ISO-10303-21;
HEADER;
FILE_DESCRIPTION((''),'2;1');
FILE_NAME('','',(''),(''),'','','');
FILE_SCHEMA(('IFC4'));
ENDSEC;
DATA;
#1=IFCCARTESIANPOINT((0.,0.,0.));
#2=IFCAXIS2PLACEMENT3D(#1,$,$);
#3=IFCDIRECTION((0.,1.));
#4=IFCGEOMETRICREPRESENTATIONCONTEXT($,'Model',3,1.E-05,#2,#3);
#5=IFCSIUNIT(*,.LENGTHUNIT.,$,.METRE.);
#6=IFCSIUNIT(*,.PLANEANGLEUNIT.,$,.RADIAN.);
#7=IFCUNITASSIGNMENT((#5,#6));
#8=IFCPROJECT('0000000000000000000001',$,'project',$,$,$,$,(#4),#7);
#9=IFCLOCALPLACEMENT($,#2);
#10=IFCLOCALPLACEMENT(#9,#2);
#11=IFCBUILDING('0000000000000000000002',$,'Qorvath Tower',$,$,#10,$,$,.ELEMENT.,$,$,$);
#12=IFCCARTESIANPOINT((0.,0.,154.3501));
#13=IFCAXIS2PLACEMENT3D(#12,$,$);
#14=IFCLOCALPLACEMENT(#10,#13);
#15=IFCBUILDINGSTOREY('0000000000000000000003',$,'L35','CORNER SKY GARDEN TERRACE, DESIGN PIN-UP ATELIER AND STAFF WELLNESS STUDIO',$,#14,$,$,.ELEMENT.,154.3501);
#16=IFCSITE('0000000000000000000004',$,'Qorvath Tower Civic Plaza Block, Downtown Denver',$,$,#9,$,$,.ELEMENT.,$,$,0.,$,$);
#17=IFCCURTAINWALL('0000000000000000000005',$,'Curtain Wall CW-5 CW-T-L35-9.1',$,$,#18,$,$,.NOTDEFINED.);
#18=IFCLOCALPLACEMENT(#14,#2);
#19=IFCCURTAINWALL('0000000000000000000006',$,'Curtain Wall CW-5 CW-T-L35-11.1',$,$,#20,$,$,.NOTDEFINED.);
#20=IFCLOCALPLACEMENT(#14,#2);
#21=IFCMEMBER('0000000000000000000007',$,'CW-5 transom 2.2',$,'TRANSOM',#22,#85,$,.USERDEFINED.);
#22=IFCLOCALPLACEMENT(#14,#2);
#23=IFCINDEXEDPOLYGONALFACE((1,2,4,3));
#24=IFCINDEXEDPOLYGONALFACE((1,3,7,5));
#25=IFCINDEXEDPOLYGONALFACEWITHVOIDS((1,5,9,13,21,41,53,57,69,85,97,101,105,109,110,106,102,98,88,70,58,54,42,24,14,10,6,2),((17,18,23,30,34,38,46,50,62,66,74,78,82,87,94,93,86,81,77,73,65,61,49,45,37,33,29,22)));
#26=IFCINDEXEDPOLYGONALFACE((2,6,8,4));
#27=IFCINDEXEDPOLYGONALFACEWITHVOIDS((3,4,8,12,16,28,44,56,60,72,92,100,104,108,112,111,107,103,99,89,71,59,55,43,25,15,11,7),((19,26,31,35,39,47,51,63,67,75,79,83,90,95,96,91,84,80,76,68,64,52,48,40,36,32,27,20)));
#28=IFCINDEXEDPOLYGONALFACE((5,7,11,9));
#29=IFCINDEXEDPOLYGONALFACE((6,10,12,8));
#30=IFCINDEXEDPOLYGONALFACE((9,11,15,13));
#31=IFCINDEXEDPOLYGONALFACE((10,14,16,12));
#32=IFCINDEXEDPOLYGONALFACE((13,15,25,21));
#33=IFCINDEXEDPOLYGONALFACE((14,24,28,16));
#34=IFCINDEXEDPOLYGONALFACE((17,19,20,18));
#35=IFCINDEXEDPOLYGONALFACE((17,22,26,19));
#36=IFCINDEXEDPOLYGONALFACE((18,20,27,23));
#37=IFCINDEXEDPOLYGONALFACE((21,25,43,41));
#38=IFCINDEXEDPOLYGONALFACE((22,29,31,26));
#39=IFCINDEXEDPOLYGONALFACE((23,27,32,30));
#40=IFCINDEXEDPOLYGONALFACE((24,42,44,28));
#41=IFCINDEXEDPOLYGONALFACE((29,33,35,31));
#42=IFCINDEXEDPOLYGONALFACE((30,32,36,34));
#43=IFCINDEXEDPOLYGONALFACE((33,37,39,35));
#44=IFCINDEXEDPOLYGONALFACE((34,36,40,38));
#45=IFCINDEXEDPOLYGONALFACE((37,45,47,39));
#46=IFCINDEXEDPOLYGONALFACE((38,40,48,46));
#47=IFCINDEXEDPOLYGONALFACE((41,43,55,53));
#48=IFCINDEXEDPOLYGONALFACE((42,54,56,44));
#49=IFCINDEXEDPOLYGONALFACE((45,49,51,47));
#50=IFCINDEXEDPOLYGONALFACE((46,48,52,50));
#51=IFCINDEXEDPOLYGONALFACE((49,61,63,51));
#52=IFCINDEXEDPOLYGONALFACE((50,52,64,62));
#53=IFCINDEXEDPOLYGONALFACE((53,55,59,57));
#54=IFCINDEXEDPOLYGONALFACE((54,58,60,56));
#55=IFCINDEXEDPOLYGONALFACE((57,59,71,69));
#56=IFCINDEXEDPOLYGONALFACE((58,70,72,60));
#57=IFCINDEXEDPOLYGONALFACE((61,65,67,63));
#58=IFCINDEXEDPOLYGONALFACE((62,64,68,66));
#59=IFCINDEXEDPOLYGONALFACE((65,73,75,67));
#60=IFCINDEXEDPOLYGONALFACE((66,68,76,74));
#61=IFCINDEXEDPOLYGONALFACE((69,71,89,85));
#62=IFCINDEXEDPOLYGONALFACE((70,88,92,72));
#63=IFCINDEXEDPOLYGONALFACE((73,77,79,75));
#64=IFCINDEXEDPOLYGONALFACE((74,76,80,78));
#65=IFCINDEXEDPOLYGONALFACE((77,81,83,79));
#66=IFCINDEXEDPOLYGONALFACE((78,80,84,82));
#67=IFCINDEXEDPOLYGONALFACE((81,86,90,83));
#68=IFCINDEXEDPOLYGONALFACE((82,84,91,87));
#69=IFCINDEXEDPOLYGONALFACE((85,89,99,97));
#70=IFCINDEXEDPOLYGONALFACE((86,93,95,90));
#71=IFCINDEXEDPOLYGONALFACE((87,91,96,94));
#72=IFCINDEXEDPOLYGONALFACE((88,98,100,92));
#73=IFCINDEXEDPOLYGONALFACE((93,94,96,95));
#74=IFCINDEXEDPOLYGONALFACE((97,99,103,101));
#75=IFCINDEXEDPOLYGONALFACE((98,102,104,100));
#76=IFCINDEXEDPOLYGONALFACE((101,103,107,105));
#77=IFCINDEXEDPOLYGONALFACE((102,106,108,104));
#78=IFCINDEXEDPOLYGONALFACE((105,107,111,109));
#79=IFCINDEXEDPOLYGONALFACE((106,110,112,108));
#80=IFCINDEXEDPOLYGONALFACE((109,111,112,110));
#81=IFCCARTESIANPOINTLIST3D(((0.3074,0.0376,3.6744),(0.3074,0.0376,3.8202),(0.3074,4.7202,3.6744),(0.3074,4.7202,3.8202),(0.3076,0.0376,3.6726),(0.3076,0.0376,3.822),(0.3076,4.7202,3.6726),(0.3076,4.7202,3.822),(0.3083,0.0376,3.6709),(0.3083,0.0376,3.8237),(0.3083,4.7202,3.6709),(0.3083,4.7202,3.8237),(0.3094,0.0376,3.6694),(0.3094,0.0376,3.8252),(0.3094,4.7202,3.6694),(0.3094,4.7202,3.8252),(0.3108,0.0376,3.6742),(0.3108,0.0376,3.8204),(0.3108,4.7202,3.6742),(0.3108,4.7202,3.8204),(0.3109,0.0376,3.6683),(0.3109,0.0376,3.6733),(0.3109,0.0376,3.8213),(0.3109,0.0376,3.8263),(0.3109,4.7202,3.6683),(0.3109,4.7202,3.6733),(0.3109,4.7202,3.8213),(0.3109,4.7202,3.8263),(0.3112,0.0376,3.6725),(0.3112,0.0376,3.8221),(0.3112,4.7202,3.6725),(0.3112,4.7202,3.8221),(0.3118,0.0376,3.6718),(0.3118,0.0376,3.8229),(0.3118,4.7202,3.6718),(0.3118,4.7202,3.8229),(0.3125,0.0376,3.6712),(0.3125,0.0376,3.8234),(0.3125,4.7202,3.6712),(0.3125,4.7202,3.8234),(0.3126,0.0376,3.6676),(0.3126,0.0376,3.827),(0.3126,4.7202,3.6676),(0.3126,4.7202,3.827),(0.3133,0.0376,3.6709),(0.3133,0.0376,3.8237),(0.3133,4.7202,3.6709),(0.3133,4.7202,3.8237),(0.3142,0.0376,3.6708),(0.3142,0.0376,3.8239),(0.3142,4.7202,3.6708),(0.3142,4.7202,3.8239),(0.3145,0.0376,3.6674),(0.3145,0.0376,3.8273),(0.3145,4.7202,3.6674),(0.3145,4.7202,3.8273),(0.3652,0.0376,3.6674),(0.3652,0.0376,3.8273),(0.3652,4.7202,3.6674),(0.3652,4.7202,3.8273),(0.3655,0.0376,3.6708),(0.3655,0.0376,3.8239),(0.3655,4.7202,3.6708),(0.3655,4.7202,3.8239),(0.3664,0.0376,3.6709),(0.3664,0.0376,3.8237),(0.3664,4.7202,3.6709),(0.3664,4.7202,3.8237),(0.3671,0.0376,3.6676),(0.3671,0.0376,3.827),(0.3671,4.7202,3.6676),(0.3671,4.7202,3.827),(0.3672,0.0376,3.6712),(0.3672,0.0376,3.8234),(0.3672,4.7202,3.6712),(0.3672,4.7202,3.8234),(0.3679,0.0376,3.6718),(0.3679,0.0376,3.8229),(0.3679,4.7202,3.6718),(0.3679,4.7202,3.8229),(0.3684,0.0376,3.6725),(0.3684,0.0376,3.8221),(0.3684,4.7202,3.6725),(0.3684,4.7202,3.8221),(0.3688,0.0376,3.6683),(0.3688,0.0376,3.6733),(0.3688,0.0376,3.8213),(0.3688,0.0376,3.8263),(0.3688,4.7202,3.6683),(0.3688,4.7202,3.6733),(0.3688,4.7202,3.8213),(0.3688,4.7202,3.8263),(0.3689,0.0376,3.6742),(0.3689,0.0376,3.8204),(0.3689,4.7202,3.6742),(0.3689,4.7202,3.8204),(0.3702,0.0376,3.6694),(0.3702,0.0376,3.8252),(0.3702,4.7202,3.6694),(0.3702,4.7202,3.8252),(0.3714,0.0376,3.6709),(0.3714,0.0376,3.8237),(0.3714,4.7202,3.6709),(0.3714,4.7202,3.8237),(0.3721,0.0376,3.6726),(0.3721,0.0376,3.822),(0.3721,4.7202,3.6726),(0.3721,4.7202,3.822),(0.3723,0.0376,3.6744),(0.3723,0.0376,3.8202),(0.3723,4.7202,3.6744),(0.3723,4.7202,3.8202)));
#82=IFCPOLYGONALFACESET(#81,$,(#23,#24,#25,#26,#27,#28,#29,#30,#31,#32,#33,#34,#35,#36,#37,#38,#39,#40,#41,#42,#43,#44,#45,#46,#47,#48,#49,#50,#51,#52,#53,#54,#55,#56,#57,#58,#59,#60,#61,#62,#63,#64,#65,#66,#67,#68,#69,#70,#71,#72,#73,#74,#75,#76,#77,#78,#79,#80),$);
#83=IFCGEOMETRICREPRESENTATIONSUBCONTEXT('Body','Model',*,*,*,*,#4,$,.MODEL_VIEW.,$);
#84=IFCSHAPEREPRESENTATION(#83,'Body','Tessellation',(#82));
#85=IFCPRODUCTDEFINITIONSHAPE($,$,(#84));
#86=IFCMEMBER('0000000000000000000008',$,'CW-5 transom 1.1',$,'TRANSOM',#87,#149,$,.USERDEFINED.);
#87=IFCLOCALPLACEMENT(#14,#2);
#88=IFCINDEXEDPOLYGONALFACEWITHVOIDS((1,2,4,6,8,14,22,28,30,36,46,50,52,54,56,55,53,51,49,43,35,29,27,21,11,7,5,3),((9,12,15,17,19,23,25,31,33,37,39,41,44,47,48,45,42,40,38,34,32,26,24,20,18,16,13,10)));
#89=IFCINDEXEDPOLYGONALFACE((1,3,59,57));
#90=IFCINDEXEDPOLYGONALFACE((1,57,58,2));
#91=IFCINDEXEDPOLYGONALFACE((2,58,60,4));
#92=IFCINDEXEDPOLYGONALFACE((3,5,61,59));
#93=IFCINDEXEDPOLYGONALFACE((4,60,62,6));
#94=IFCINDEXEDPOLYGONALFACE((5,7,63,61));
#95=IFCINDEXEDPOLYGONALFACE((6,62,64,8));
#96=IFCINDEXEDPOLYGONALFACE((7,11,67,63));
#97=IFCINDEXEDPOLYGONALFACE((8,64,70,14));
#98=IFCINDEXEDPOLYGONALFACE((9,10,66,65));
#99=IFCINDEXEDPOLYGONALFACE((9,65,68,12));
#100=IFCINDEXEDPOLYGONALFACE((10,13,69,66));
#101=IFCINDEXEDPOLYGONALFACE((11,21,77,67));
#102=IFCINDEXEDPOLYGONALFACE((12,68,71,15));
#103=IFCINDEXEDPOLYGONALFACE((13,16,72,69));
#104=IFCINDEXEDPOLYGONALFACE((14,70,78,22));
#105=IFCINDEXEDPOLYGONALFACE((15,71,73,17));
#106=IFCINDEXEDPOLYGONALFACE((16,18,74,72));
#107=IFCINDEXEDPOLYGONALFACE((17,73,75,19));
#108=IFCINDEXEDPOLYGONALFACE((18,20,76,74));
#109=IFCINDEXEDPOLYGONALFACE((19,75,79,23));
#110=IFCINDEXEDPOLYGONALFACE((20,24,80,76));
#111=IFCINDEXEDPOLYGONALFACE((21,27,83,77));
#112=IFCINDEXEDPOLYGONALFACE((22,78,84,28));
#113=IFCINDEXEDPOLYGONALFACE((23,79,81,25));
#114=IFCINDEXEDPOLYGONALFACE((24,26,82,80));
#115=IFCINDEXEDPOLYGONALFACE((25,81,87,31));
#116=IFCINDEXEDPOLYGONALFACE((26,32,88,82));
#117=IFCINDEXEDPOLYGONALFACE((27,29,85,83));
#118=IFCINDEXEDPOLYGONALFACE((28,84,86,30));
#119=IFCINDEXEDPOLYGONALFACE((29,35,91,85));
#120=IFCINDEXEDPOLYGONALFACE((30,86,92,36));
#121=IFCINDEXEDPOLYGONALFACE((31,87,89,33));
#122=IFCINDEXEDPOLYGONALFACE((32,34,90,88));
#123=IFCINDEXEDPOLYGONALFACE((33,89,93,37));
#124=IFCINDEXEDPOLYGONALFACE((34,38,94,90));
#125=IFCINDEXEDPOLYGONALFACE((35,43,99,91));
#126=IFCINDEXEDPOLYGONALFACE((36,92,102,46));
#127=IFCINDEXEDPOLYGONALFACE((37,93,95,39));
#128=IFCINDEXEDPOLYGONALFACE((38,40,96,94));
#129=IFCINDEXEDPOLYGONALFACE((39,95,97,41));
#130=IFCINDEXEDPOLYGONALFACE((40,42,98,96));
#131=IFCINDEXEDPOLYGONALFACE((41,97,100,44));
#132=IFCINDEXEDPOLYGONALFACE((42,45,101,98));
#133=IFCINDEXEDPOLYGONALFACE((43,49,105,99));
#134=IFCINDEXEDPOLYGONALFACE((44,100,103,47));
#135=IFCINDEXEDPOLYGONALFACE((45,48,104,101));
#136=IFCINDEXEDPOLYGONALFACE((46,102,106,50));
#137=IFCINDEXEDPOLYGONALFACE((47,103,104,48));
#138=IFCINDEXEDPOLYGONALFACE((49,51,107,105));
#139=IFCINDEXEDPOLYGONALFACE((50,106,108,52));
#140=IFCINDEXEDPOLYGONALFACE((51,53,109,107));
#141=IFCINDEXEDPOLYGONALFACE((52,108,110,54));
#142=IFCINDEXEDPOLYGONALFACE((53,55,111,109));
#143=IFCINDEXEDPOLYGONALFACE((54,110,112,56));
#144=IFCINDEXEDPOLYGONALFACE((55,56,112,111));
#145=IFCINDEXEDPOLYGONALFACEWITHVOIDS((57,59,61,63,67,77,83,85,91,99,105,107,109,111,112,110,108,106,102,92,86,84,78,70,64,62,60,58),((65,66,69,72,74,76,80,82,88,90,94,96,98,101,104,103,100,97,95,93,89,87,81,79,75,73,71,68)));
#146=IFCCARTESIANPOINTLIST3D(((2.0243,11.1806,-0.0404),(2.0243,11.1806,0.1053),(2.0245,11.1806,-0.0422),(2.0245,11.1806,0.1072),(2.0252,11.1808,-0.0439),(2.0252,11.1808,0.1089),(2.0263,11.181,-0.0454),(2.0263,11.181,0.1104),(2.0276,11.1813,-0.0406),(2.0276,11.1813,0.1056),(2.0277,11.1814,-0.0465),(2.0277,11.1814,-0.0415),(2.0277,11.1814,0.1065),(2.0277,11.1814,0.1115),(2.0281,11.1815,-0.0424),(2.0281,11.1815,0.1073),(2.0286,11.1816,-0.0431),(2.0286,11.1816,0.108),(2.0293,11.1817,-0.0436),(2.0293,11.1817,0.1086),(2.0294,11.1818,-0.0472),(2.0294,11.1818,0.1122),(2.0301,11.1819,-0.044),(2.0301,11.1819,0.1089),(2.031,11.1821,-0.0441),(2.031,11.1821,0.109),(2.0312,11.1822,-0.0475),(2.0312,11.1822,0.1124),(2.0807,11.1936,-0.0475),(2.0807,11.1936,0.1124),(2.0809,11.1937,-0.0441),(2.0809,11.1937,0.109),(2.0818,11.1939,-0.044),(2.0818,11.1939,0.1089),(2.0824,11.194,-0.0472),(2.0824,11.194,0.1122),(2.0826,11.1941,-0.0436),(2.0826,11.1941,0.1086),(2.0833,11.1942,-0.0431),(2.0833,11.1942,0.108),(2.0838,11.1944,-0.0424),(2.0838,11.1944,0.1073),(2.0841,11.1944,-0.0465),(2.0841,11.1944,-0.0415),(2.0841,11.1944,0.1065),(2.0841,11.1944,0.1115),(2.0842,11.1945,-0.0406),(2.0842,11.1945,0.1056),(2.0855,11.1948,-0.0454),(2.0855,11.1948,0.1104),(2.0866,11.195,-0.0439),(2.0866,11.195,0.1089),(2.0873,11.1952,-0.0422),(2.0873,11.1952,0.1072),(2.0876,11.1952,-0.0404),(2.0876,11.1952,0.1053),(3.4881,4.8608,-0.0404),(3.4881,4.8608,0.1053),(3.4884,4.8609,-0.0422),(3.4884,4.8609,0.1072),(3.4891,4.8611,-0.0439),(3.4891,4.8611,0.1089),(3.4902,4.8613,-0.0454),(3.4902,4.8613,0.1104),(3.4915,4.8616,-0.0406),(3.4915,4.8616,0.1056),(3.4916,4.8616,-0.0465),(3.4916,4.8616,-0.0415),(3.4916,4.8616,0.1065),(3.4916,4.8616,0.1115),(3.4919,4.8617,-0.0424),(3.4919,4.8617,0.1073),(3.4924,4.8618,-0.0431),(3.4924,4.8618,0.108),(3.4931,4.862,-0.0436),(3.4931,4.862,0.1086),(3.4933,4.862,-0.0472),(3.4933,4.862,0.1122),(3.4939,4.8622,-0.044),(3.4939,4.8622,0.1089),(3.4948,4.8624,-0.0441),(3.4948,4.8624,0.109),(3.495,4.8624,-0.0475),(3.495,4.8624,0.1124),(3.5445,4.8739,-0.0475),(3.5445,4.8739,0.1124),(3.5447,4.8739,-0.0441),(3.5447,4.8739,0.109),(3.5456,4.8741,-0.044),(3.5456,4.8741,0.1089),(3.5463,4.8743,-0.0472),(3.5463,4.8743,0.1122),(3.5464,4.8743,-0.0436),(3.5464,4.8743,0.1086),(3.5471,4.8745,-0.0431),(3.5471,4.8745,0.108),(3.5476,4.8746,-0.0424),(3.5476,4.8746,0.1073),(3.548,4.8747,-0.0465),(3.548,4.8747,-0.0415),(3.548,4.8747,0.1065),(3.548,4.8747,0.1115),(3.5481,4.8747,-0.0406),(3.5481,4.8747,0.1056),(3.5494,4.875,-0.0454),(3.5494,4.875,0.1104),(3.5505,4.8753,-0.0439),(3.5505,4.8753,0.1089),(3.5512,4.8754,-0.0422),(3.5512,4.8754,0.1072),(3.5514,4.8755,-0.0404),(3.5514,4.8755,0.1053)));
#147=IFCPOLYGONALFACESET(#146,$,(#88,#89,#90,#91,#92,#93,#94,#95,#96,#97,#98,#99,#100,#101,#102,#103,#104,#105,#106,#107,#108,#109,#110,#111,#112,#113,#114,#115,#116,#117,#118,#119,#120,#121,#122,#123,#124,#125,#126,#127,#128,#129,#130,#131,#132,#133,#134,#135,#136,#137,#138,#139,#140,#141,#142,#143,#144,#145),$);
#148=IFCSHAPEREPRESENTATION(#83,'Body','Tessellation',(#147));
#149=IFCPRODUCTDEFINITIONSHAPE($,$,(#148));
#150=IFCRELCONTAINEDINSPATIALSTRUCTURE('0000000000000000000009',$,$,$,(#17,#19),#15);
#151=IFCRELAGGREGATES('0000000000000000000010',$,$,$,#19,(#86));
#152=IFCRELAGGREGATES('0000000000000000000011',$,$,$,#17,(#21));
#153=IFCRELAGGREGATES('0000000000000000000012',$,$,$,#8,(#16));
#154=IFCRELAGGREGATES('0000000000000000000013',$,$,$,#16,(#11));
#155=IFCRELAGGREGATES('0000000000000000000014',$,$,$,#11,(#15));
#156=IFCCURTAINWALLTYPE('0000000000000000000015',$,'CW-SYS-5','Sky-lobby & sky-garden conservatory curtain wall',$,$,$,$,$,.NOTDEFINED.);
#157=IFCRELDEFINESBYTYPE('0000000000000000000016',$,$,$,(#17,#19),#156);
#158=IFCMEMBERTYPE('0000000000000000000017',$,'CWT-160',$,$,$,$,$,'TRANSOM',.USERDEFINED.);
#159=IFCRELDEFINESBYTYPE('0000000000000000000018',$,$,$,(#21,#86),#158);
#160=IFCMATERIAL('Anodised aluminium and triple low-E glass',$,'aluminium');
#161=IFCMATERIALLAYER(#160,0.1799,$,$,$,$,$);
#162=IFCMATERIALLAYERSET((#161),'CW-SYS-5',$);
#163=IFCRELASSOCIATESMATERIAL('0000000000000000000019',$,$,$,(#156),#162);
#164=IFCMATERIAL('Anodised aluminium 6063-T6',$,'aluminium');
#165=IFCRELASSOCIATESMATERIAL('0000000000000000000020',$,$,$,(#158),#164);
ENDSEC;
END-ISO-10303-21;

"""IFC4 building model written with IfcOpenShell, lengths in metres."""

from ifc_helpers import new_model, si_unit, direction, frame, origin, origin_2d, place, context, subcontext, project, spatial, hollow_rectangle, extrude, material, layer, layer_set, material_profile, profile_set, type_object, element, aggregate, save


model = new_model("IFC4")

# Units and contexts
model_context = context("Model", 3, precision=1e-05, world=origin(), true_north=direction((0.0, 1.0)))
body_context = subcontext(model_context, "Body", "Model", "MODEL_VIEW")
ifc_project = project(units=[si_unit("LENGTHUNIT", "METRE"), si_unit("PLANEANGLEUNIT", "RADIAN")], contexts=[model_context])

# Site, building, storey
site_placement = place(None, origin())
site = spatial("IfcSite", under=ifc_project, at=site_placement, Name="Qorvath Tower Civic Plaza Block, Downtown Denver", CompositionType="ELEMENT", RefElevation=0.0)
building_placement = place(site_placement, origin())
building = spatial("IfcBuilding", under=site, at=building_placement, Name="Qorvath Tower", CompositionType="ELEMENT")
storey_placement = place(building_placement, frame((0.0, 0.0, 154.3501)))
storey = spatial("IfcBuildingStorey", under=building, at=storey_placement, Name="L35", Description="CORNER SKY GARDEN TERRACE, DESIGN PIN-UP ATELIER AND STAFF WELLNESS STUDIO", CompositionType="ELEMENT", Elevation=154.3501)

# Curtain wall
ifc_material_1 = material(Name="Anodised aluminium and triple low-E glass", Category="aluminium")
ifc_layer_1 = layer(ifc_material_1, 0.1799)
ifc_layer_set_1 = layer_set([ifc_layer_1], Name="CW-SYS-5")
curtain_wall_type = type_object("IfcCurtainWallType", Name="CW-SYS-5", Description="Sky-lobby & sky-garden conservatory curtain wall", PredefinedType="NOTDEFINED", material=ifc_layer_set_1)
curtain_wall_1_placement = place(storey_placement, origin())
curtain_wall_1 = element("IfcCurtainWall", 1, at=curtain_wall_1_placement, inside=storey, type_object=curtain_wall_type, Name="Curtain Wall CW-5 CW-T-L35-9.1", PredefinedType="NOTDEFINED")

# Curtain wall
curtain_wall_2_placement = place(storey_placement, origin())
curtain_wall_2 = element("IfcCurtainWall", 2, at=curtain_wall_2_placement, inside=storey, type_object=curtain_wall_type, Name="Curtain Wall CW-5 CW-T-L35-11.1", PredefinedType="NOTDEFINED")

# Members
ifc_material_2 = material(Name="Anodised aluminium 6063-T6", Category="aluminium")
ifc_material_profile_1 = material_profile(ifc_material_2, hollow_rectangle(XDim=0.0649, YDim=0.1599, WallThickness=0.0034, InnerFilletRadius=0.0034, OuterFilletRadius=0.0071, at=origin_2d()), Name="CWT 160x65")
ifc_profile_set_1 = profile_set([ifc_material_profile_1], Name="Anodised aluminium 6063-T6")
member_type_1 = type_object("IfcMemberType", Name="CWT-160", ElementType="TRANSOM", PredefinedType="USERDEFINED", material=ifc_profile_set_1)
member_1_placement = place(storey_placement, frame((0.3398, 0.0376, 3.7473), z_axis=(0.0, 1.0, 0.0), x_axis=(-1.0, 0.0, 0.0)))
member_1 = element("IfcMember", 3, at=member_1_placement, type_object=member_type_1, Name="CW-5 transom 2.2", ObjectType="TRANSOM", PredefinedType="USERDEFINED", context=body_context, shape_type="SweptSolid", body=[
    extrude(hollow_rectangle(XDim=0.0649, YDim=0.1599, WallThickness=0.0034, InnerFilletRadius=0.0034, OuterFilletRadius=0.0071, at=origin_2d()), origin(), (0.0, 0.0, 1.0), 4.6826),
])
member_2_placement = place(storey_placement, frame((3.5198, 4.8682, 0.0325), z_axis=(-0.225657, 0.974207, 0.0), x_axis=(-0.974207, -0.225657, 0.0)))
member_2 = element("IfcMember", 4, at=member_2_placement, type_object=member_type_1, Name="CW-5 transom 1.1", ObjectType="TRANSOM", PredefinedType="USERDEFINED", context=body_context, shape_type="SweptSolid", body=[
    extrude(hollow_rectangle(XDim=0.0649, YDim=0.1599, WallThickness=0.0034, InnerFilletRadius=0.0034, OuterFilletRadius=0.0071, at=origin_2d()), origin(), (0.0, 0.0, 1.0), 6.4871),
])
aggregate(curtain_wall_2, [member_2])

aggregate(curtain_wall_1, [member_1])

save(model, "model.ifc")
